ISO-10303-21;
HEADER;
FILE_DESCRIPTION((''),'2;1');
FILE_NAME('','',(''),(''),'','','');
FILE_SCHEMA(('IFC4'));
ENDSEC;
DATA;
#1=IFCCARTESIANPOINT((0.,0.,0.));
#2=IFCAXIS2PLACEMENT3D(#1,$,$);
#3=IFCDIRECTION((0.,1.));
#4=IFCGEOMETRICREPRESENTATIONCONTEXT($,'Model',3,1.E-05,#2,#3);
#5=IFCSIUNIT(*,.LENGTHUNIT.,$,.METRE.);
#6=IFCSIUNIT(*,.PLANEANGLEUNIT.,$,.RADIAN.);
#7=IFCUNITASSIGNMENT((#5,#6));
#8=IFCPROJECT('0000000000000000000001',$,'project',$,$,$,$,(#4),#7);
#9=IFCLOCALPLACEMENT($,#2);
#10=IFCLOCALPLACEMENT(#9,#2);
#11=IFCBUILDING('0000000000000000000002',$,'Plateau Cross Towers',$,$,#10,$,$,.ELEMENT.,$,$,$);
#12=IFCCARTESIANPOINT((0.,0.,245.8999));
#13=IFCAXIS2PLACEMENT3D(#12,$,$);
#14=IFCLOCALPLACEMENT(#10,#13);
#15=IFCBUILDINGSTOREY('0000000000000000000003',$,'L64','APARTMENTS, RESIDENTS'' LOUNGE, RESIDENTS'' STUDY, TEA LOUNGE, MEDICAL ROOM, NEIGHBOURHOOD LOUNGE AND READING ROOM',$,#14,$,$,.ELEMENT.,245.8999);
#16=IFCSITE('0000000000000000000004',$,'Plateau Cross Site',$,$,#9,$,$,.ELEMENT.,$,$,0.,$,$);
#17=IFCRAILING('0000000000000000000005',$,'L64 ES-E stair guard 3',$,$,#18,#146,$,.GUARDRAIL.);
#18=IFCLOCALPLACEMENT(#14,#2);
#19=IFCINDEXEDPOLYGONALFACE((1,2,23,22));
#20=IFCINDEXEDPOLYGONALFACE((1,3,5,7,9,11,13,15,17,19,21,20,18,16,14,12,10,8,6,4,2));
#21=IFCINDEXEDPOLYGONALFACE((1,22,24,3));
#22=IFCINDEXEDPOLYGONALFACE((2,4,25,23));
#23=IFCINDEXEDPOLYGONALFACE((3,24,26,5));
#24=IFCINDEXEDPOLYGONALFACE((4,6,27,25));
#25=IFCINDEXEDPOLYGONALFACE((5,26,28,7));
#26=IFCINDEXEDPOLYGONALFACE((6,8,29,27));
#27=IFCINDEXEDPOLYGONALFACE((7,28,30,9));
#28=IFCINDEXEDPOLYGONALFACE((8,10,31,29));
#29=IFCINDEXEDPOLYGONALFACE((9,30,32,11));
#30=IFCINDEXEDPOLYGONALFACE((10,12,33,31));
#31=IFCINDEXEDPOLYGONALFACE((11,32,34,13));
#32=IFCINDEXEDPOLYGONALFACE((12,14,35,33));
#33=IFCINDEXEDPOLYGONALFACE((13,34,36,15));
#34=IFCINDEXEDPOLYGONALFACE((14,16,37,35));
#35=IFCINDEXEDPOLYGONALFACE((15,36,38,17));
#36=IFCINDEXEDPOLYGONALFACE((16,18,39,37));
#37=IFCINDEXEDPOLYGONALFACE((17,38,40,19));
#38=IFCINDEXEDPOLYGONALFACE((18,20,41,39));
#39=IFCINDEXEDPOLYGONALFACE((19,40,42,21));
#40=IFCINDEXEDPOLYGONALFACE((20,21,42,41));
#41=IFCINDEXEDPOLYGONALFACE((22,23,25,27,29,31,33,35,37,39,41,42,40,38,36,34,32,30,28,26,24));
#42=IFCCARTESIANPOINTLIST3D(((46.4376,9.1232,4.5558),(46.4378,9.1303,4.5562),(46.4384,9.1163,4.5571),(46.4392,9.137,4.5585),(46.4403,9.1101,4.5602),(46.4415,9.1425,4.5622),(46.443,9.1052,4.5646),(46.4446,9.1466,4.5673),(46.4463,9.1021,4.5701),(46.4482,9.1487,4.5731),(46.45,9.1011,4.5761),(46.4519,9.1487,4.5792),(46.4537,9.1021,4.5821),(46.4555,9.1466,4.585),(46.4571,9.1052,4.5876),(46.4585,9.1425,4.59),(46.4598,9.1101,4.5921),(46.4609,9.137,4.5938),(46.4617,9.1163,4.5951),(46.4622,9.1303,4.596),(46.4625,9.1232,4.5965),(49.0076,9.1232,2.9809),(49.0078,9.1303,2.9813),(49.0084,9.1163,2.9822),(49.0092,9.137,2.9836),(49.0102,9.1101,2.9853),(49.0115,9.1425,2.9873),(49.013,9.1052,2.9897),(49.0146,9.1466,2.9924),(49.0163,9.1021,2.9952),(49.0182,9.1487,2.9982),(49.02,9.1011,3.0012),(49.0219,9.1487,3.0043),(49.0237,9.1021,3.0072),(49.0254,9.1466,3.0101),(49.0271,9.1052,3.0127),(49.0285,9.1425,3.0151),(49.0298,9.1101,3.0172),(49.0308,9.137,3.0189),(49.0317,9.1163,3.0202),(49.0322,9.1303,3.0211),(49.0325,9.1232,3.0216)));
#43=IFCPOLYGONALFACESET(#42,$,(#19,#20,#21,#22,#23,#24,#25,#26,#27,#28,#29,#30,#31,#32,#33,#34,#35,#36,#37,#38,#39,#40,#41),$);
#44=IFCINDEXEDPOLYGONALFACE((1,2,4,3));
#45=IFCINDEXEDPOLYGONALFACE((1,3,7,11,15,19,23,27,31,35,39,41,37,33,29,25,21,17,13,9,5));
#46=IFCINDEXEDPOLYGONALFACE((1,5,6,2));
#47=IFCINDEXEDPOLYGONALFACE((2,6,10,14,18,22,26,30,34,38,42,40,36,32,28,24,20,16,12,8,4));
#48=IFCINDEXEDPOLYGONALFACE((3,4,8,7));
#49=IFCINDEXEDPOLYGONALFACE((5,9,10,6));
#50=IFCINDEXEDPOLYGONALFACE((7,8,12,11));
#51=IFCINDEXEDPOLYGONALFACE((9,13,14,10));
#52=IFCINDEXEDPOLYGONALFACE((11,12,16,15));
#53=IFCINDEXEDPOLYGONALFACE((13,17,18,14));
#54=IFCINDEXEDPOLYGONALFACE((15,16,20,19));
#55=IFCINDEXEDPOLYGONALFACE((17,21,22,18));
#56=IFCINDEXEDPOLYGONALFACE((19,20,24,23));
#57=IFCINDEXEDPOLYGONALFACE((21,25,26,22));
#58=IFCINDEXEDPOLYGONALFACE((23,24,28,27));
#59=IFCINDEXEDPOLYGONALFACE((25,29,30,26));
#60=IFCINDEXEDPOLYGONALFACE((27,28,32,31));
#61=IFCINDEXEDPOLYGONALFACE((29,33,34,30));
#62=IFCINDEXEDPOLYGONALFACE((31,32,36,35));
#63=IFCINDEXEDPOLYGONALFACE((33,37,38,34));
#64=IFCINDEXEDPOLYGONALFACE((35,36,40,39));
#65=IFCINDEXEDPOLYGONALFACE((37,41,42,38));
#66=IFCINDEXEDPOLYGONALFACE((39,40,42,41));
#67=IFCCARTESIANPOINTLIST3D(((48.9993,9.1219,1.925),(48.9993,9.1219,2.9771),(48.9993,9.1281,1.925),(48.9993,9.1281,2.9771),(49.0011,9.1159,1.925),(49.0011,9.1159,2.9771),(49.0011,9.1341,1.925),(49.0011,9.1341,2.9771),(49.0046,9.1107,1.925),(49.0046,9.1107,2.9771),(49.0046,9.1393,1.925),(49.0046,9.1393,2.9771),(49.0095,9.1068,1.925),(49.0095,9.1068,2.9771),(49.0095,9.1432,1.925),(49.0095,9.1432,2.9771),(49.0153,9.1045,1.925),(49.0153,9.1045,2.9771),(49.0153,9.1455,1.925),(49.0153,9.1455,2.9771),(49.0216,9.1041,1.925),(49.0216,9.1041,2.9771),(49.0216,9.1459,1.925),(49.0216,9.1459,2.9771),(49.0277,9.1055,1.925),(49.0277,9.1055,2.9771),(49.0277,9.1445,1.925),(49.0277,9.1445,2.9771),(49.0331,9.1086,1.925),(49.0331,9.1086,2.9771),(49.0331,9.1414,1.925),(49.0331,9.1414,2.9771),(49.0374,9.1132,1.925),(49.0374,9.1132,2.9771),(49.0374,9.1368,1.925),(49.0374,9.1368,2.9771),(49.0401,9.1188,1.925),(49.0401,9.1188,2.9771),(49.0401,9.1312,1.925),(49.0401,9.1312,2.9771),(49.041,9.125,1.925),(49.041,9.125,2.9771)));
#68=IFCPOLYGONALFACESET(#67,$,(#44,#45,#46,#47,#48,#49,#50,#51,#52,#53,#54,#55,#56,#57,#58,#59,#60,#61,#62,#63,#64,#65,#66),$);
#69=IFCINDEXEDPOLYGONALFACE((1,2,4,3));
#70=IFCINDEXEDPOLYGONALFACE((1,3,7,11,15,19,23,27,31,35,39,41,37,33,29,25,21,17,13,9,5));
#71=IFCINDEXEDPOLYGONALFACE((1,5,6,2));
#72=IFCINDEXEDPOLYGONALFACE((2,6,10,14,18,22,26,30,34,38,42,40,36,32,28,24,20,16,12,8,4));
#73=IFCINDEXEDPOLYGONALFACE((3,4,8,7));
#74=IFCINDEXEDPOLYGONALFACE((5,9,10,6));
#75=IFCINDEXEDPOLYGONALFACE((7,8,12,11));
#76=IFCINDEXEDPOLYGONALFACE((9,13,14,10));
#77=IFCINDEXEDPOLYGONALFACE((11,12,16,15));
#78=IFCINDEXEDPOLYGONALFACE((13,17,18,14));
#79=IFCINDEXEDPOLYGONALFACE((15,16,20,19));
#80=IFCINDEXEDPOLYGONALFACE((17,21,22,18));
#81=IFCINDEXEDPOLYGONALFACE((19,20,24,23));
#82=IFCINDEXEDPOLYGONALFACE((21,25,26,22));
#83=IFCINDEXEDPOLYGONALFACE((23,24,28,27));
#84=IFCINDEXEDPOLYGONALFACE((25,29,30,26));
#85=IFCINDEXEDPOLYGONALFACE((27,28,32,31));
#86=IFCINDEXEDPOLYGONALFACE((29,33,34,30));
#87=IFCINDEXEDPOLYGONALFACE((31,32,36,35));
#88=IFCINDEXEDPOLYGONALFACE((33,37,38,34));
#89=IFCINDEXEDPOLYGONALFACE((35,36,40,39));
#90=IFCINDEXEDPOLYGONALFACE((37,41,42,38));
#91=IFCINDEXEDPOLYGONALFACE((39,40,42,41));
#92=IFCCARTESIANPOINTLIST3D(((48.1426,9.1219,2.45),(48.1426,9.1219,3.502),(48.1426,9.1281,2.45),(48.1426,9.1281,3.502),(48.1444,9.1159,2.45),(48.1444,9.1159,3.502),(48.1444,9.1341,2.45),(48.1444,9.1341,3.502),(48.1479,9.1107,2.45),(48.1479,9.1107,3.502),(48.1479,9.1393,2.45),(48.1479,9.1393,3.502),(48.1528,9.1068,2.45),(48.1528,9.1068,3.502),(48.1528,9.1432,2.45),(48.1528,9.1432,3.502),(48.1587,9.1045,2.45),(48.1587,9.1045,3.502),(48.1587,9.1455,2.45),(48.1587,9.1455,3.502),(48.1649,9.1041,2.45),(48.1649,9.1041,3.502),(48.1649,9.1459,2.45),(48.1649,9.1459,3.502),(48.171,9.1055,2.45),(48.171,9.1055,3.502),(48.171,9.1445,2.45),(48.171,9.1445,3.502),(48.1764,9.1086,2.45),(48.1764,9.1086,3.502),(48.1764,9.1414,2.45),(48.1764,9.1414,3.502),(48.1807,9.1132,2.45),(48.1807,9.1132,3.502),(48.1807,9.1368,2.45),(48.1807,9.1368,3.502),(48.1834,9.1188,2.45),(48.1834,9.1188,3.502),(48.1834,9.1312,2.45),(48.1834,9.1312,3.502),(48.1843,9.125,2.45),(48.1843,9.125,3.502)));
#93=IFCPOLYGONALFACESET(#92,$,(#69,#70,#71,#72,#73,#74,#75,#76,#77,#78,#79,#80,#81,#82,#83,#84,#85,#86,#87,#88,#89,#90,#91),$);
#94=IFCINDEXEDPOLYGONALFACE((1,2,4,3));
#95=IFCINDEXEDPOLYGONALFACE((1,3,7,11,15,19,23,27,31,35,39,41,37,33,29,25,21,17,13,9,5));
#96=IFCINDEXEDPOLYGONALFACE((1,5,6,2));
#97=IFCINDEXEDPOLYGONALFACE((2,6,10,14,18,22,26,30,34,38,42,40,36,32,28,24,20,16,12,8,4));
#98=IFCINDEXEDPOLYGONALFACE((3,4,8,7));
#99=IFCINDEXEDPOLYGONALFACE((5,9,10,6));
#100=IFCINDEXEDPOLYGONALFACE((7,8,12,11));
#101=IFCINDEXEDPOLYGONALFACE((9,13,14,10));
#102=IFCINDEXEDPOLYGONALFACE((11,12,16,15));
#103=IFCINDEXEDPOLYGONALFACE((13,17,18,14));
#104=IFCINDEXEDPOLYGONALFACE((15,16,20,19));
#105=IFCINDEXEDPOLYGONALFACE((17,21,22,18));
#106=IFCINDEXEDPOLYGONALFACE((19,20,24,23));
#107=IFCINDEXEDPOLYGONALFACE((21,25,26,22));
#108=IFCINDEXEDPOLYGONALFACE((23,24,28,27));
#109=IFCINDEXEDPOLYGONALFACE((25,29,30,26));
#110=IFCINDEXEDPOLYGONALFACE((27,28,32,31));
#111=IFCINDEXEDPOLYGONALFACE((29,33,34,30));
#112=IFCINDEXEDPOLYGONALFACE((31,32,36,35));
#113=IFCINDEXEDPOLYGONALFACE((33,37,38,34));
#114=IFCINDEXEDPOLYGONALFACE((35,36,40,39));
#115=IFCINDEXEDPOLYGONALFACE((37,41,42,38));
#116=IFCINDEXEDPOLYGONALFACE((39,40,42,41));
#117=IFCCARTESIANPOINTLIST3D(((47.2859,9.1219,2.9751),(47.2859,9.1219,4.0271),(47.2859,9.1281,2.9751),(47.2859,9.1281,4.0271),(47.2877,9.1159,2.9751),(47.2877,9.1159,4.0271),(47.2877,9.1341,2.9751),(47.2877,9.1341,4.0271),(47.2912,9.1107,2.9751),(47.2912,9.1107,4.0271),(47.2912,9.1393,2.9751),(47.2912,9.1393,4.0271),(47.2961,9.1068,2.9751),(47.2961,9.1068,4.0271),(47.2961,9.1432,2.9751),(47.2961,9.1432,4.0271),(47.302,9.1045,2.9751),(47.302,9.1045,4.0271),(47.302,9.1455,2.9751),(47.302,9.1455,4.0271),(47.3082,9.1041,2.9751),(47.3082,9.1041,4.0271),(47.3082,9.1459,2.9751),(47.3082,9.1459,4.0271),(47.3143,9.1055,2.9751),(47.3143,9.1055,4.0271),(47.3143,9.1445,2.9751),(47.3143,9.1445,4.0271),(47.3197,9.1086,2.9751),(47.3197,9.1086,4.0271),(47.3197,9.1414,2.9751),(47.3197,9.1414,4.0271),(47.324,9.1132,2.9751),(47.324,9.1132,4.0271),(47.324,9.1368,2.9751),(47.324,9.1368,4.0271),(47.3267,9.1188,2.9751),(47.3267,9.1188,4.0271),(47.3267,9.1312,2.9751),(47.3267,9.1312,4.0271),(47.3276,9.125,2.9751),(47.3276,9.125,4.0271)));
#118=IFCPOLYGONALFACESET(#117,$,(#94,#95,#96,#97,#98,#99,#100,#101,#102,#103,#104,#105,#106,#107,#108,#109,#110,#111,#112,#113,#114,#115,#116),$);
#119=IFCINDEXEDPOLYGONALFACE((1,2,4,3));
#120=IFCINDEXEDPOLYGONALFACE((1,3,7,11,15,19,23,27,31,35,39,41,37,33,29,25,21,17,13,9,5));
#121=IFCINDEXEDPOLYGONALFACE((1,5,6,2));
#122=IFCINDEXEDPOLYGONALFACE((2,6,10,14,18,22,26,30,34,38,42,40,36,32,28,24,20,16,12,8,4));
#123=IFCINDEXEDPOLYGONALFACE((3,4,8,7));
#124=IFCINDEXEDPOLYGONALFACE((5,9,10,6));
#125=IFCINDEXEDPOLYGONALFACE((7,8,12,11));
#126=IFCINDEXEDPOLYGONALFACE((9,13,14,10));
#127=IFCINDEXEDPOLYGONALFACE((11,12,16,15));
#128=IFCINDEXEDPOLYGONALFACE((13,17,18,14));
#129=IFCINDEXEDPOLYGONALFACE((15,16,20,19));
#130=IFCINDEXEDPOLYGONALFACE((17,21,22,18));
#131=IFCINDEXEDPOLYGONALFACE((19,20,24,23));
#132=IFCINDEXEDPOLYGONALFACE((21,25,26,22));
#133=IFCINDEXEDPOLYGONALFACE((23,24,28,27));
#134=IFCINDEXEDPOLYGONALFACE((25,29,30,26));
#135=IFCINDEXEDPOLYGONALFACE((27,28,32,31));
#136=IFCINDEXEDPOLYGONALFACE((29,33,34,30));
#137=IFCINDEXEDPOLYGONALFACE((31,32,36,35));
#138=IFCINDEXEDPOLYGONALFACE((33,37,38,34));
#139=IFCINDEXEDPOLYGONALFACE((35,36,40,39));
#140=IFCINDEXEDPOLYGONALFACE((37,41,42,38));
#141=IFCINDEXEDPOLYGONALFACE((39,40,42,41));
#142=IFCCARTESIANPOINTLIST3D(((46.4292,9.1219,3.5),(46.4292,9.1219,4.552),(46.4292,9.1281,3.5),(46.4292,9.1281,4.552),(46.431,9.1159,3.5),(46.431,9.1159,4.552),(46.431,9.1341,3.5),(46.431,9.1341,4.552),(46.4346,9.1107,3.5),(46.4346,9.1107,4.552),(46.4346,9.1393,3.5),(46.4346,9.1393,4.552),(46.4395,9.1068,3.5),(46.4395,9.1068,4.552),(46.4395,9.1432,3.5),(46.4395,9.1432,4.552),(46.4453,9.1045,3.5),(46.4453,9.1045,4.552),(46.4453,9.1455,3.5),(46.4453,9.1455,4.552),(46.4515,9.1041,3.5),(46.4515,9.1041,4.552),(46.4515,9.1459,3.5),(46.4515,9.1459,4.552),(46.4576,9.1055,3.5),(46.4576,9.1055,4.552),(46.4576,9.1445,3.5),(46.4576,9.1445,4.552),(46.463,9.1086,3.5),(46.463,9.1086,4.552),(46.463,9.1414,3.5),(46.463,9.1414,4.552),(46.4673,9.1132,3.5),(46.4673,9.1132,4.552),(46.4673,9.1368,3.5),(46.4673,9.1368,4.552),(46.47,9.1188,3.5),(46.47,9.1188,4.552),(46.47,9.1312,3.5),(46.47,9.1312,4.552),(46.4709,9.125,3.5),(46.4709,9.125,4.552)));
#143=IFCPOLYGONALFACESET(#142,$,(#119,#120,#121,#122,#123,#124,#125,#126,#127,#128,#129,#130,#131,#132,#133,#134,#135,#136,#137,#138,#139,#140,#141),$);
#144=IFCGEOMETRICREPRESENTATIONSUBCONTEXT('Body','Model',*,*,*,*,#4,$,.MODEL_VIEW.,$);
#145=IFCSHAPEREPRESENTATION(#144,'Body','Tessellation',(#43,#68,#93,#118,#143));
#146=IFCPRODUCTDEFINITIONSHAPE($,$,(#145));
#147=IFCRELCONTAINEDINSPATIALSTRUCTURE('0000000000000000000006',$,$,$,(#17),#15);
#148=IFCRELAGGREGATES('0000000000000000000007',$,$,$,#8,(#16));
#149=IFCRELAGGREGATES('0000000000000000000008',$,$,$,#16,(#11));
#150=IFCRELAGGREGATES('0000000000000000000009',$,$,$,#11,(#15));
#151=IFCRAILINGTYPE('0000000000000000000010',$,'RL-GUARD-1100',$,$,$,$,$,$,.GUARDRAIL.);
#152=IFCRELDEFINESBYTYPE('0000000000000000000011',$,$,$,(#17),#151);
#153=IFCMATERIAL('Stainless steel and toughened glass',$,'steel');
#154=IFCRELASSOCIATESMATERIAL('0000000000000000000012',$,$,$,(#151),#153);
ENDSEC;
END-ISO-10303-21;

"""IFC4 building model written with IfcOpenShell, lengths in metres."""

from ifc_helpers import new_model, si_unit, direction, frame, origin, origin_2d, place, context, subcontext, project, spatial, circle, extrude, material, type_object, element, save


model = new_model("IFC4")

# Units and contexts
model_context = context("Model", 3, precision=1e-05, world=origin(), true_north=direction((0.0, 1.0)))
body_context = subcontext(model_context, "Body", "Model", "MODEL_VIEW")
ifc_project = project(units=[si_unit("LENGTHUNIT", "METRE"), si_unit("PLANEANGLEUNIT", "RADIAN")], contexts=[model_context])

# Site, building, storey
site_placement = place(None, origin())
site = spatial("IfcSite", under=ifc_project, at=site_placement, Name="Plateau Cross Site", CompositionType="ELEMENT", RefElevation=0.0)
building_placement = place(site_placement, origin())
building = spatial("IfcBuilding", under=site, at=building_placement, Name="Plateau Cross Towers", CompositionType="ELEMENT")
storey_placement = place(building_placement, frame((0.0, 0.0, 245.8999)))
storey = spatial("IfcBuildingStorey", under=building, at=storey_placement, Name="L64", Description="APARTMENTS, RESIDENTS' LOUNGE, RESIDENTS' STUDY, TEA LOUNGE, MEDICAL ROOM, NEIGHBOURHOOD LOUNGE AND READING ROOM", CompositionType="ELEMENT", Elevation=245.8999)

# Railing
ifc_material_1 = material(Name="Stainless steel and toughened glass", Category="steel")
railing_type_1 = type_object("IfcRailingType", Name="RL-GUARD-1100", PredefinedType="GUARDRAIL", material=ifc_material_1)
railing_1_placement = place(storey_placement, frame((49.02, 9.125, 1.925)))
element("IfcRailing", 1, at=railing_1_placement, inside=storey, type_object=railing_type_1, Name="L64 ES-E stair guard 3", PredefinedType="GUARDRAIL", context=body_context, shape_type="SweptSolid", body=[
    extrude(circle(Radius=0.0239, at=origin_2d()), frame((0.0, 0.0, 1.0762), z_axis=(-0.852639, 0.0, 0.522501), x_axis=(0.0, -1.0, 0.0)), (0.0, 0.0, 1.0), 3.0142),
    extrude(circle(Radius=0.021, at=origin_2d()), origin(), (0.0, 0.0, 1.0), 1.052),
    extrude(circle(Radius=0.021, at=origin_2d()), frame((-0.8567, 0.0, 0.5249)), (0.0, 0.0, 1.0), 1.052),
    extrude(circle(Radius=0.021, at=origin_2d()), frame((-1.7134, 0.0, 1.05)), (0.0, 0.0, 1.0), 1.052),
    extrude(circle(Radius=0.021, at=origin_2d()), frame((-2.5701, 0.0, 1.575)), (0.0, 0.0, 1.0), 1.052),
])

save(model, "model.ifc")
